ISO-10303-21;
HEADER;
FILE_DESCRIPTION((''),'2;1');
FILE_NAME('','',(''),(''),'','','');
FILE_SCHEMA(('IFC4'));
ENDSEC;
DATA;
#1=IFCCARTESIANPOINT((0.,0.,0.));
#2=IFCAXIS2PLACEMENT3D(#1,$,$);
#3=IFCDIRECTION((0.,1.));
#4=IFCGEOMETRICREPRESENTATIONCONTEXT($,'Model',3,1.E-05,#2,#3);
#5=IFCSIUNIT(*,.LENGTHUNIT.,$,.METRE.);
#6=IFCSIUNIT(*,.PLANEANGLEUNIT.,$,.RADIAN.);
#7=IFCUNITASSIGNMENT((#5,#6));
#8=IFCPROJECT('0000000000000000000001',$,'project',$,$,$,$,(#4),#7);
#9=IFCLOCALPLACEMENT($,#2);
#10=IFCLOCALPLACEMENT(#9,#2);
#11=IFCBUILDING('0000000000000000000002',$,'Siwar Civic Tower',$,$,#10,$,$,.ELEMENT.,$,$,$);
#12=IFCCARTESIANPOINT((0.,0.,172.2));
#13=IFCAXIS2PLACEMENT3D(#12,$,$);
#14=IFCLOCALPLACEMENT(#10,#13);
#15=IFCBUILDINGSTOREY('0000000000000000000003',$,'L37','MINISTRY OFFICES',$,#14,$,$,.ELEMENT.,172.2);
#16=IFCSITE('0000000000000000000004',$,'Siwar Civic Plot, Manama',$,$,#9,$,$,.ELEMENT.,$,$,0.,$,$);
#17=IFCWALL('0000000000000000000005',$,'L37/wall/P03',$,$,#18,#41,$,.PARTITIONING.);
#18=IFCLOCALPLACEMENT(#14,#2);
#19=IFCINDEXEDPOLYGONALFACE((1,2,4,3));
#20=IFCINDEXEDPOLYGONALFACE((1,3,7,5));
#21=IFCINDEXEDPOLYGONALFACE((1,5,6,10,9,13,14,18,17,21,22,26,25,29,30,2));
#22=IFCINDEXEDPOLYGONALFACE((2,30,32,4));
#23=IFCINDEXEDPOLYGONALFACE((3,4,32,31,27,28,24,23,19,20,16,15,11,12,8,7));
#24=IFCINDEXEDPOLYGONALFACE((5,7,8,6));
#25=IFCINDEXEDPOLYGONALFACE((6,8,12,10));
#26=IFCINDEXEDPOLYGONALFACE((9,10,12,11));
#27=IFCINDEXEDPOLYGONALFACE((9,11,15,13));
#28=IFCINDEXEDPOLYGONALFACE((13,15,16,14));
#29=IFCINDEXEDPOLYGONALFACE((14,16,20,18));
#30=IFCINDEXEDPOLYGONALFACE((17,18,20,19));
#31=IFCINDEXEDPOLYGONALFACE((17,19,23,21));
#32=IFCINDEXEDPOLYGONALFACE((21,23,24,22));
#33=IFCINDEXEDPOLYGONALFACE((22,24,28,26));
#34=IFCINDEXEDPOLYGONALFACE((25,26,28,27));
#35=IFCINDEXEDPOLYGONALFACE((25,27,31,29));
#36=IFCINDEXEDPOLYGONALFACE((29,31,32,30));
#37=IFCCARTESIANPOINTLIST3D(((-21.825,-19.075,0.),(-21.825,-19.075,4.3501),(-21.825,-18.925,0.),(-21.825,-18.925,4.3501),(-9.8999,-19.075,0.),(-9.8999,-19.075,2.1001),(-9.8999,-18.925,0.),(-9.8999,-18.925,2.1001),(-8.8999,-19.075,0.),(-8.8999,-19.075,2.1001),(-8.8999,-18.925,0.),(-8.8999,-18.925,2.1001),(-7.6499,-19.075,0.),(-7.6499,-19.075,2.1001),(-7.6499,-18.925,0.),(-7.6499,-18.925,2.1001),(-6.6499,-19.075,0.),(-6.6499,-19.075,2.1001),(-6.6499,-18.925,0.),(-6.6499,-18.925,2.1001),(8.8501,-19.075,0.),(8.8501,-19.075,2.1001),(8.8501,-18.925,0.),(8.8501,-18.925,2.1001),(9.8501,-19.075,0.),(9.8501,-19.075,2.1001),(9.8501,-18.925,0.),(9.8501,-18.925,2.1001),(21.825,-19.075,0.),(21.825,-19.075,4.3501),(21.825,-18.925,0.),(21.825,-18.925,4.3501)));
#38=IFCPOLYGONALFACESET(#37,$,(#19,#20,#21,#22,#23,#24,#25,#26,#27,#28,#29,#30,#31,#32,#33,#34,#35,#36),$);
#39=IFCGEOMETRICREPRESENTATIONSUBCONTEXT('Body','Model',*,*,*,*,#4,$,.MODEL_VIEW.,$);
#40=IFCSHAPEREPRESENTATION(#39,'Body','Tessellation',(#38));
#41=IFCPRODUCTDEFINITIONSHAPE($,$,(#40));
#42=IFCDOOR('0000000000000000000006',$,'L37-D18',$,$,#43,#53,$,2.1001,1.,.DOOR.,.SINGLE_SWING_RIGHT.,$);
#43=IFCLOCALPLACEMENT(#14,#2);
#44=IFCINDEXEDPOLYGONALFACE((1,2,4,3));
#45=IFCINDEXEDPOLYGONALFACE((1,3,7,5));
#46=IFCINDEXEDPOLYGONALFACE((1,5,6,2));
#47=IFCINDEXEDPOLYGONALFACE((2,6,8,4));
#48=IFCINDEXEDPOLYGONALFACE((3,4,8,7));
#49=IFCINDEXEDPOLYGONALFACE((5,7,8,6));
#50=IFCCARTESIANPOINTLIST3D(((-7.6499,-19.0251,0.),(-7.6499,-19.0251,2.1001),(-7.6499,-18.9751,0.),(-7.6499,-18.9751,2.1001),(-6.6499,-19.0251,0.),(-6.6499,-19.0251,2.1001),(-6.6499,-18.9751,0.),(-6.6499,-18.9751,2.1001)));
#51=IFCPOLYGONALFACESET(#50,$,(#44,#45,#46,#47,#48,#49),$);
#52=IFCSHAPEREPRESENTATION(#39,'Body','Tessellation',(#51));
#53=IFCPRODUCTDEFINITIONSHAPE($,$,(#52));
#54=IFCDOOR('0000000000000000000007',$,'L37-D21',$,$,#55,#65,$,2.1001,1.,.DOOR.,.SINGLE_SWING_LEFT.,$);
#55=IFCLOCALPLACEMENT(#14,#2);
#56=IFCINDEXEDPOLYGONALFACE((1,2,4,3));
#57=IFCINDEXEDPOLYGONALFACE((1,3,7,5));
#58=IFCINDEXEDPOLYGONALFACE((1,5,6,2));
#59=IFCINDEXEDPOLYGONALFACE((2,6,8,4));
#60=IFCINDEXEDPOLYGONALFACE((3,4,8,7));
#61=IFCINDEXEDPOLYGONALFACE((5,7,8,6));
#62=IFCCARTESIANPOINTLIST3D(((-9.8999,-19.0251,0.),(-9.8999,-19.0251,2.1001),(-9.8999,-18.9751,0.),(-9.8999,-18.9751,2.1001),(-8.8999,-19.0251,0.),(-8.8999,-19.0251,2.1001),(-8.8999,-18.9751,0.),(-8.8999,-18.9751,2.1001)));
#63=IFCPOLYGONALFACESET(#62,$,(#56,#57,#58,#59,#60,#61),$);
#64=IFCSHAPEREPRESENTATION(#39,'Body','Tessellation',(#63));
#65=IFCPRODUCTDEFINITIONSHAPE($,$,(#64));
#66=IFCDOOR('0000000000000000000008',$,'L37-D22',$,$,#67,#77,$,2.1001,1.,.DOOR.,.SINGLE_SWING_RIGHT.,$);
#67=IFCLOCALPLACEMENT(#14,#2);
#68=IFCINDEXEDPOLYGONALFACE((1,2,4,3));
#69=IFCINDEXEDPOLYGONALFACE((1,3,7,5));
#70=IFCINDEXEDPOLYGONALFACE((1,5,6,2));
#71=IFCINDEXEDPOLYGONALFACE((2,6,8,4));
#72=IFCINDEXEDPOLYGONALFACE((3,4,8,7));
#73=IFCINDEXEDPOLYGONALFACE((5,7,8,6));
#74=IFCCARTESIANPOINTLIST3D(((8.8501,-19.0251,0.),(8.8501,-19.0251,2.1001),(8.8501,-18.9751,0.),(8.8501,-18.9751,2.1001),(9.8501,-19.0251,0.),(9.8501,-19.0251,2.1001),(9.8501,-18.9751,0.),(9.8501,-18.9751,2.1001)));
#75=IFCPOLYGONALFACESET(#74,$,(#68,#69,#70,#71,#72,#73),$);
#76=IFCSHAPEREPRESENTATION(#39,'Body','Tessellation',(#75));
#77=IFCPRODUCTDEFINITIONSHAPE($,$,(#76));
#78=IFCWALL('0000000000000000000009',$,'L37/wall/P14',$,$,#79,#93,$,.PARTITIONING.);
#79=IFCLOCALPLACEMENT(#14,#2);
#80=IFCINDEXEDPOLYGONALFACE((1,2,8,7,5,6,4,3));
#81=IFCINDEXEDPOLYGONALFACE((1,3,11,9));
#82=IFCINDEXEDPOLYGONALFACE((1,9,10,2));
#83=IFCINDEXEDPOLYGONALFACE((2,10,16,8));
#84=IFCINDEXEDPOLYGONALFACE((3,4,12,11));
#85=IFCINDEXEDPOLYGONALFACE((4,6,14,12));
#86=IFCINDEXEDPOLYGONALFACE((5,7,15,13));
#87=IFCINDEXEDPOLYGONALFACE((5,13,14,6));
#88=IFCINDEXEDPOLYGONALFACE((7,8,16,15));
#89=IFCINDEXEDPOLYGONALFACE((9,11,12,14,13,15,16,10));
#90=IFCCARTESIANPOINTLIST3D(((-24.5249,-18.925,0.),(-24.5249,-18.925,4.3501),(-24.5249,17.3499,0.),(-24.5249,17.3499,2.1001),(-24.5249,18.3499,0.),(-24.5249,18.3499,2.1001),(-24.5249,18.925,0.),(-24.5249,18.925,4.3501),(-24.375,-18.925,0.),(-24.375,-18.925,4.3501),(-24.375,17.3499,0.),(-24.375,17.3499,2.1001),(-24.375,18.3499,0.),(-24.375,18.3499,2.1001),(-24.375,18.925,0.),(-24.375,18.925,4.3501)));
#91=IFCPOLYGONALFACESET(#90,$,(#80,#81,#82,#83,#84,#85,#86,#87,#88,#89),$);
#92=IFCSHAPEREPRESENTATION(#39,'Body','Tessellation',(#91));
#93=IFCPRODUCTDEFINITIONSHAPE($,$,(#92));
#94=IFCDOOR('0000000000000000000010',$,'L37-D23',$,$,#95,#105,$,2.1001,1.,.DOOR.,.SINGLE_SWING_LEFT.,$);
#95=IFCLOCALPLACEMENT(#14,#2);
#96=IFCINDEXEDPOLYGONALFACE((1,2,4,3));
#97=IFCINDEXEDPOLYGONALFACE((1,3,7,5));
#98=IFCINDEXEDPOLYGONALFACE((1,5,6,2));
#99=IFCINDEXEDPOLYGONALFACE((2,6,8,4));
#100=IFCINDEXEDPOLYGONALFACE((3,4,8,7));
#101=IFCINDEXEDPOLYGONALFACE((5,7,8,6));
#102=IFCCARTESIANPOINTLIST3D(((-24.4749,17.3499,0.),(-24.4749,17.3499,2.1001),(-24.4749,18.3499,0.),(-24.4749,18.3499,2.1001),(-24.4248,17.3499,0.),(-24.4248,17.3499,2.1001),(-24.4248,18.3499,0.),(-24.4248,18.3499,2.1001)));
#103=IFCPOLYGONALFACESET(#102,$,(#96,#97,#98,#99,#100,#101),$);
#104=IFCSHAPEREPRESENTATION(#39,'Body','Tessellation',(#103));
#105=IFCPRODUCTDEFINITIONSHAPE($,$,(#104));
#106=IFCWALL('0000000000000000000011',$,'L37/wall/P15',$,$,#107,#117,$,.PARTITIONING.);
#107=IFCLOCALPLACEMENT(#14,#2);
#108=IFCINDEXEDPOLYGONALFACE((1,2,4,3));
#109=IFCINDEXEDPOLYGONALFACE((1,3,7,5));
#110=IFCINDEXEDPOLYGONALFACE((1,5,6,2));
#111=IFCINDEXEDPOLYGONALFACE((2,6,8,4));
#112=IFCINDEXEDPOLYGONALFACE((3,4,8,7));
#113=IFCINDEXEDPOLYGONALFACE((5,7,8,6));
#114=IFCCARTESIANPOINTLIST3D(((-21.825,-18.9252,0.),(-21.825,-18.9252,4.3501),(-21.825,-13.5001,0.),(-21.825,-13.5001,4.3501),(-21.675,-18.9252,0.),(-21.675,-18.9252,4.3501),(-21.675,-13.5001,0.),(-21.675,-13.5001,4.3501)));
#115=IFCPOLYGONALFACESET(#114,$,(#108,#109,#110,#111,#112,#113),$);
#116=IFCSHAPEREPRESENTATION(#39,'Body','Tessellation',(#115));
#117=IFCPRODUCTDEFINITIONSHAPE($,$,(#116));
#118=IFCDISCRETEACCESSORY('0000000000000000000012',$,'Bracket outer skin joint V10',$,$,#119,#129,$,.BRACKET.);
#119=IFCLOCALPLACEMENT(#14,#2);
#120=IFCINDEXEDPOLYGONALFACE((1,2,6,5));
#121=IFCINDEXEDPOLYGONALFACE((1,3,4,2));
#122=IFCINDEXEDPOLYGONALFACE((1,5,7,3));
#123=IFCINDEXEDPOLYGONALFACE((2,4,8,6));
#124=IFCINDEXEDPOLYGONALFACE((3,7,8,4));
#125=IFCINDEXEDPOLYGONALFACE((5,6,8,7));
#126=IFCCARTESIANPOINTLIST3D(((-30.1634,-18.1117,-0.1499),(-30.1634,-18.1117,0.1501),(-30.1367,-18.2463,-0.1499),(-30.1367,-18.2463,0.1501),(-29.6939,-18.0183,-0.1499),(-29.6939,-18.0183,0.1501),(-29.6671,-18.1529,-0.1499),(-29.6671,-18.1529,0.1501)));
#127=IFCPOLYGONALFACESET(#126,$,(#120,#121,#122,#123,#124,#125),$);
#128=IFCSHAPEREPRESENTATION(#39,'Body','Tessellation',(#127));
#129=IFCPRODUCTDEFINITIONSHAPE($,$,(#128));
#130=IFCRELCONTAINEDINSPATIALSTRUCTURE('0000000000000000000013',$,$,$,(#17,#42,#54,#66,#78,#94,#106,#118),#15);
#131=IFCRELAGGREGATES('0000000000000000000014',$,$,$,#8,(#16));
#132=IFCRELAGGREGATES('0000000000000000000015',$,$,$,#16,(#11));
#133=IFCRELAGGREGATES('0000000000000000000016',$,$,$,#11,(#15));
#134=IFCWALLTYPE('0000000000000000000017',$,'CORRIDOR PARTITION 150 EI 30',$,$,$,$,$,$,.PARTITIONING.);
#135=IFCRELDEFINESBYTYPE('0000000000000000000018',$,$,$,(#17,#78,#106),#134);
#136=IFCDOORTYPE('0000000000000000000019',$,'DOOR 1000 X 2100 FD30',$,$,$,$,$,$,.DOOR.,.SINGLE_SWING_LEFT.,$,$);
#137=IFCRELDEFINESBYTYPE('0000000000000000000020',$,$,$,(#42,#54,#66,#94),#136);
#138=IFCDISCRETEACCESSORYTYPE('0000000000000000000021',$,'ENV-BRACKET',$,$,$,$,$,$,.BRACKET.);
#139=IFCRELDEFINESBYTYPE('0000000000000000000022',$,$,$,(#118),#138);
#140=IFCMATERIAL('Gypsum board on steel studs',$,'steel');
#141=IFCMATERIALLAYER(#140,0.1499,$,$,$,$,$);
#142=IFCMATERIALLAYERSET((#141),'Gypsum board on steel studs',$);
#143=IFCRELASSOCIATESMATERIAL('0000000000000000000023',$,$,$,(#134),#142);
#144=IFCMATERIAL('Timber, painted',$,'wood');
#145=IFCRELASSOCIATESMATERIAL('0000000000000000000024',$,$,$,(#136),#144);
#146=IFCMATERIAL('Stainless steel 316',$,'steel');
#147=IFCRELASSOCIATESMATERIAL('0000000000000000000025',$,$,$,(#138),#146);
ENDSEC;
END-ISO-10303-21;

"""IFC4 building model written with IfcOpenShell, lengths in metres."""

from ifc_helpers import new_model, si_unit, direction, frame, frame_2d, origin, origin_2d, place, context, subcontext, project, spatial, rectangle, extrude, material, layer, layer_set, type_object, element, fill, save


model = new_model("IFC4")

# Units and contexts
model_context = context("Model", 3, precision=1e-05, world=origin(), true_north=direction((0.0, 1.0)))
body_context = subcontext(model_context, "Body", "Model", "MODEL_VIEW")
ifc_project = project(units=[si_unit("LENGTHUNIT", "METRE"), si_unit("PLANEANGLEUNIT", "RADIAN")], contexts=[model_context])

# Site, building, storey
site_placement = place(None, origin())
site = spatial("IfcSite", under=ifc_project, at=site_placement, Name="Siwar Civic Plot, Manama", CompositionType="ELEMENT", RefElevation=0.0)
building_placement = place(site_placement, origin())
building = spatial("IfcBuilding", under=site, at=building_placement, Name="Siwar Civic Tower", CompositionType="ELEMENT")
storey_placement = place(building_placement, frame((0.0, 0.0, 172.2)))
storey = spatial("IfcBuildingStorey", under=building, at=storey_placement, Name="L37", Description="MINISTRY OFFICES", CompositionType="ELEMENT", Elevation=172.2)

# Shared definitions
ifc_material_1 = material(Name="Gypsum board on steel studs", Category="steel")
ifc_layer_1 = layer(ifc_material_1, 0.1499)
ifc_layer_set_1 = layer_set([ifc_layer_1], Name="Gypsum board on steel studs")
wall_type = type_object("IfcWallType", Name="CORRIDOR PARTITION 150 EI 30", PredefinedType="PARTITIONING", material=ifc_layer_set_1)
ifc_material_2 = material(Name="Timber, painted", Category="wood")
door_type = type_object("IfcDoorType", Name="DOOR 1000 X 2100 FD30", OperationType="SINGLE_SWING_LEFT", PredefinedType="DOOR", material=ifc_material_2)

# Wall, openings, doors
wall_1_placement = place(storey_placement, frame((-21.825, -19.0, 0.0), z_axis=(0.0, 0.0, 1.0), x_axis=(1.0, 0.0, 0.0)))
wall_1 = element("IfcWall", 1, at=wall_1_placement, inside=storey, type_object=wall_type, Name="L37/wall/P03", PredefinedType="PARTITIONING", context=body_context, shape_type="SweptSolid", body=[
    extrude(rectangle(XDim=43.6499, YDim=0.1499, at=frame_2d((21.825, 0.0))), origin(), (0.0, 0.0, 1.0), 4.3501),
])
opening_1_placement = place(wall_1_placement, frame((14.175, 0.0, 0.0)))
opening_1 = element("IfcOpeningElement", 2, at=opening_1_placement, cuts=wall_1, PredefinedType="OPENING", context=body_context, shape_type="SweptSolid", body=[
    extrude(rectangle(XDim=1.0, YDim=2.1001, at=frame_2d((0.5, 1.05))), frame((0.0, 0.085, 0.0), z_axis=(0.0, -1.0, 0.0), x_axis=(1.0, 0.0, 0.0)), (0.0, 0.0, 1.0), 0.1699),
])
opening_2_placement = place(wall_1_placement, frame((11.925, 0.0, 0.0)))
opening_2 = element("IfcOpeningElement", 3, at=opening_2_placement, cuts=wall_1, PredefinedType="OPENING", context=body_context, shape_type="SweptSolid", body=[
    extrude(rectangle(XDim=1.0, YDim=2.1001, at=frame_2d((0.5, 1.05))), frame((0.0, 0.085, 0.0), z_axis=(0.0, -1.0, 0.0), x_axis=(1.0, 0.0, 0.0)), (0.0, 0.0, 1.0), 0.1699),
])
opening_3_placement = place(wall_1_placement, frame((30.675, 0.0, 0.0)))
opening_3 = element("IfcOpeningElement", 4, at=opening_3_placement, cuts=wall_1, PredefinedType="OPENING", context=body_context, shape_type="SweptSolid", body=[
    extrude(rectangle(XDim=1.0, YDim=2.1001, at=frame_2d((0.5, 1.05))), frame((0.0, 0.085, 0.0), z_axis=(0.0, -1.0, 0.0), x_axis=(1.0, 0.0, 0.0)), (0.0, 0.0, 1.0), 0.1699),
])
door_1_placement = place(opening_1_placement, origin())
door_1 = element("IfcDoor", 5, at=door_1_placement, inside=storey, type_object=door_type, Name="L37-D18", OperationType="SINGLE_SWING_RIGHT", OverallHeight=2.1001, OverallWidth=1.0, PredefinedType="DOOR", context=body_context, shape_type="SweptSolid", body=[
    extrude(rectangle(XDim=1.0, YDim=2.1001, at=frame_2d((0.5, 1.05))), frame((0.0, 0.0249, 0.0), z_axis=(0.0, -1.0, 0.0), x_axis=(1.0, 0.0, 0.0)), (0.0, 0.0, 1.0), 0.05),
])
fill(opening_1, door_1)
door_2_placement = place(opening_2_placement, origin())
door_2 = element("IfcDoor", 6, at=door_2_placement, inside=storey, type_object=door_type, Name="L37-D21", OperationType="SINGLE_SWING_LEFT", OverallHeight=2.1001, OverallWidth=1.0, PredefinedType="DOOR", context=body_context, shape_type="SweptSolid", body=[
    extrude(rectangle(XDim=1.0, YDim=2.1001, at=frame_2d((0.5, 1.05))), frame((0.0, 0.0249, 0.0), z_axis=(0.0, -1.0, 0.0), x_axis=(1.0, 0.0, 0.0)), (0.0, 0.0, 1.0), 0.05),
])
fill(opening_2, door_2)
door_3_placement = place(opening_3_placement, origin())
door_3 = element("IfcDoor", 7, at=door_3_placement, inside=storey, type_object=door_type, Name="L37-D22", OperationType="SINGLE_SWING_RIGHT", OverallHeight=2.1001, OverallWidth=1.0, PredefinedType="DOOR", context=body_context, shape_type="SweptSolid", body=[
    extrude(rectangle(XDim=1.0, YDim=2.1001, at=frame_2d((0.5, 1.05))), frame((0.0, 0.0249, 0.0), z_axis=(0.0, -1.0, 0.0), x_axis=(1.0, 0.0, 0.0)), (0.0, 0.0, 1.0), 0.05),
])
fill(opening_3, door_3)

# Wall, opening, door
wall_2_placement = place(storey_placement, frame((-24.45, -18.925, 0.0), z_axis=(0.0, 0.0, 1.0), x_axis=(0.0, 1.0, 0.0)))
wall_2 = element("IfcWall", 8, at=wall_2_placement, inside=storey, type_object=wall_type, Name="L37/wall/P14", PredefinedType="PARTITIONING", context=body_context, shape_type="SweptSolid", body=[
    extrude(rectangle(XDim=37.8501, YDim=0.1499, at=frame_2d((18.925, 0.0))), origin(), (0.0, 0.0, 1.0), 4.3501),
])
opening_4_placement = place(wall_2_placement, frame((36.2749, 0.0, 0.0)))
opening_4 = element("IfcOpeningElement", 9, at=opening_4_placement, cuts=wall_2, PredefinedType="OPENING", context=body_context, shape_type="SweptSolid", body=[
    extrude(rectangle(XDim=1.0, YDim=2.1001, at=frame_2d((0.5, 1.05))), frame((0.0, 0.085, 0.0), z_axis=(0.0, -1.0, 0.0), x_axis=(1.0, 0.0, 0.0)), (0.0, 0.0, 1.0), 0.1699),
])
door_4_placement = place(opening_4_placement, origin())
door_4 = element("IfcDoor", 10, at=door_4_placement, inside=storey, type_object=door_type, Name="L37-D23", OperationType="SINGLE_SWING_LEFT", OverallHeight=2.1001, OverallWidth=1.0, PredefinedType="DOOR", context=body_context, shape_type="SweptSolid", body=[
    extrude(rectangle(XDim=1.0, YDim=2.1001, at=frame_2d((0.5, 1.05))), frame((0.0, 0.0249, 0.0), z_axis=(0.0, -1.0, 0.0), x_axis=(1.0, 0.0, 0.0)), (0.0, 0.0, 1.0), 0.05),
])
fill(opening_4, door_4)

# Wall
wall_3_placement = place(storey_placement, frame((-21.75, -18.925, 0.0), z_axis=(0.0, 0.0, 1.0), x_axis=(0.0, 1.0, 0.0)))
element("IfcWall", 11, at=wall_3_placement, inside=storey, type_object=wall_type, Name="L37/wall/P15", PredefinedType="PARTITIONING", context=body_context, shape_type="SweptSolid", body=[
    extrude(rectangle(XDim=5.425, YDim=0.1499, at=frame_2d((2.7124, 0.0))), origin(), (0.0, 0.0, 1.0), 4.3501),
])

# Discrete accessory
ifc_material_3 = material(Name="Stainless steel 316", Category="steel")
discrete_accessory_type = type_object("IfcDiscreteAccessoryType", Name="ENV-BRACKET", PredefinedType="BRACKET", material=ifc_material_3)
discrete_accessory_placement = place(storey_placement, frame((-29.9153, -18.1323, -0.1499), z_axis=(0.0, 0.0, 1.0), x_axis=(-0.980785, -0.19509, 0.0)))
element("IfcDiscreteAccessory", 12, at=discrete_accessory_placement, inside=storey, type_object=discrete_accessory_type, Name="Bracket outer skin joint V10", PredefinedType="BRACKET", context=body_context, shape_type="SweptSolid", body=[
    extrude(rectangle(XDim=0.4788, YDim=0.1372, at=origin_2d()), origin(), (0.0, 0.0, 1.0), 0.3),
])

save(model, "model.ifc")
